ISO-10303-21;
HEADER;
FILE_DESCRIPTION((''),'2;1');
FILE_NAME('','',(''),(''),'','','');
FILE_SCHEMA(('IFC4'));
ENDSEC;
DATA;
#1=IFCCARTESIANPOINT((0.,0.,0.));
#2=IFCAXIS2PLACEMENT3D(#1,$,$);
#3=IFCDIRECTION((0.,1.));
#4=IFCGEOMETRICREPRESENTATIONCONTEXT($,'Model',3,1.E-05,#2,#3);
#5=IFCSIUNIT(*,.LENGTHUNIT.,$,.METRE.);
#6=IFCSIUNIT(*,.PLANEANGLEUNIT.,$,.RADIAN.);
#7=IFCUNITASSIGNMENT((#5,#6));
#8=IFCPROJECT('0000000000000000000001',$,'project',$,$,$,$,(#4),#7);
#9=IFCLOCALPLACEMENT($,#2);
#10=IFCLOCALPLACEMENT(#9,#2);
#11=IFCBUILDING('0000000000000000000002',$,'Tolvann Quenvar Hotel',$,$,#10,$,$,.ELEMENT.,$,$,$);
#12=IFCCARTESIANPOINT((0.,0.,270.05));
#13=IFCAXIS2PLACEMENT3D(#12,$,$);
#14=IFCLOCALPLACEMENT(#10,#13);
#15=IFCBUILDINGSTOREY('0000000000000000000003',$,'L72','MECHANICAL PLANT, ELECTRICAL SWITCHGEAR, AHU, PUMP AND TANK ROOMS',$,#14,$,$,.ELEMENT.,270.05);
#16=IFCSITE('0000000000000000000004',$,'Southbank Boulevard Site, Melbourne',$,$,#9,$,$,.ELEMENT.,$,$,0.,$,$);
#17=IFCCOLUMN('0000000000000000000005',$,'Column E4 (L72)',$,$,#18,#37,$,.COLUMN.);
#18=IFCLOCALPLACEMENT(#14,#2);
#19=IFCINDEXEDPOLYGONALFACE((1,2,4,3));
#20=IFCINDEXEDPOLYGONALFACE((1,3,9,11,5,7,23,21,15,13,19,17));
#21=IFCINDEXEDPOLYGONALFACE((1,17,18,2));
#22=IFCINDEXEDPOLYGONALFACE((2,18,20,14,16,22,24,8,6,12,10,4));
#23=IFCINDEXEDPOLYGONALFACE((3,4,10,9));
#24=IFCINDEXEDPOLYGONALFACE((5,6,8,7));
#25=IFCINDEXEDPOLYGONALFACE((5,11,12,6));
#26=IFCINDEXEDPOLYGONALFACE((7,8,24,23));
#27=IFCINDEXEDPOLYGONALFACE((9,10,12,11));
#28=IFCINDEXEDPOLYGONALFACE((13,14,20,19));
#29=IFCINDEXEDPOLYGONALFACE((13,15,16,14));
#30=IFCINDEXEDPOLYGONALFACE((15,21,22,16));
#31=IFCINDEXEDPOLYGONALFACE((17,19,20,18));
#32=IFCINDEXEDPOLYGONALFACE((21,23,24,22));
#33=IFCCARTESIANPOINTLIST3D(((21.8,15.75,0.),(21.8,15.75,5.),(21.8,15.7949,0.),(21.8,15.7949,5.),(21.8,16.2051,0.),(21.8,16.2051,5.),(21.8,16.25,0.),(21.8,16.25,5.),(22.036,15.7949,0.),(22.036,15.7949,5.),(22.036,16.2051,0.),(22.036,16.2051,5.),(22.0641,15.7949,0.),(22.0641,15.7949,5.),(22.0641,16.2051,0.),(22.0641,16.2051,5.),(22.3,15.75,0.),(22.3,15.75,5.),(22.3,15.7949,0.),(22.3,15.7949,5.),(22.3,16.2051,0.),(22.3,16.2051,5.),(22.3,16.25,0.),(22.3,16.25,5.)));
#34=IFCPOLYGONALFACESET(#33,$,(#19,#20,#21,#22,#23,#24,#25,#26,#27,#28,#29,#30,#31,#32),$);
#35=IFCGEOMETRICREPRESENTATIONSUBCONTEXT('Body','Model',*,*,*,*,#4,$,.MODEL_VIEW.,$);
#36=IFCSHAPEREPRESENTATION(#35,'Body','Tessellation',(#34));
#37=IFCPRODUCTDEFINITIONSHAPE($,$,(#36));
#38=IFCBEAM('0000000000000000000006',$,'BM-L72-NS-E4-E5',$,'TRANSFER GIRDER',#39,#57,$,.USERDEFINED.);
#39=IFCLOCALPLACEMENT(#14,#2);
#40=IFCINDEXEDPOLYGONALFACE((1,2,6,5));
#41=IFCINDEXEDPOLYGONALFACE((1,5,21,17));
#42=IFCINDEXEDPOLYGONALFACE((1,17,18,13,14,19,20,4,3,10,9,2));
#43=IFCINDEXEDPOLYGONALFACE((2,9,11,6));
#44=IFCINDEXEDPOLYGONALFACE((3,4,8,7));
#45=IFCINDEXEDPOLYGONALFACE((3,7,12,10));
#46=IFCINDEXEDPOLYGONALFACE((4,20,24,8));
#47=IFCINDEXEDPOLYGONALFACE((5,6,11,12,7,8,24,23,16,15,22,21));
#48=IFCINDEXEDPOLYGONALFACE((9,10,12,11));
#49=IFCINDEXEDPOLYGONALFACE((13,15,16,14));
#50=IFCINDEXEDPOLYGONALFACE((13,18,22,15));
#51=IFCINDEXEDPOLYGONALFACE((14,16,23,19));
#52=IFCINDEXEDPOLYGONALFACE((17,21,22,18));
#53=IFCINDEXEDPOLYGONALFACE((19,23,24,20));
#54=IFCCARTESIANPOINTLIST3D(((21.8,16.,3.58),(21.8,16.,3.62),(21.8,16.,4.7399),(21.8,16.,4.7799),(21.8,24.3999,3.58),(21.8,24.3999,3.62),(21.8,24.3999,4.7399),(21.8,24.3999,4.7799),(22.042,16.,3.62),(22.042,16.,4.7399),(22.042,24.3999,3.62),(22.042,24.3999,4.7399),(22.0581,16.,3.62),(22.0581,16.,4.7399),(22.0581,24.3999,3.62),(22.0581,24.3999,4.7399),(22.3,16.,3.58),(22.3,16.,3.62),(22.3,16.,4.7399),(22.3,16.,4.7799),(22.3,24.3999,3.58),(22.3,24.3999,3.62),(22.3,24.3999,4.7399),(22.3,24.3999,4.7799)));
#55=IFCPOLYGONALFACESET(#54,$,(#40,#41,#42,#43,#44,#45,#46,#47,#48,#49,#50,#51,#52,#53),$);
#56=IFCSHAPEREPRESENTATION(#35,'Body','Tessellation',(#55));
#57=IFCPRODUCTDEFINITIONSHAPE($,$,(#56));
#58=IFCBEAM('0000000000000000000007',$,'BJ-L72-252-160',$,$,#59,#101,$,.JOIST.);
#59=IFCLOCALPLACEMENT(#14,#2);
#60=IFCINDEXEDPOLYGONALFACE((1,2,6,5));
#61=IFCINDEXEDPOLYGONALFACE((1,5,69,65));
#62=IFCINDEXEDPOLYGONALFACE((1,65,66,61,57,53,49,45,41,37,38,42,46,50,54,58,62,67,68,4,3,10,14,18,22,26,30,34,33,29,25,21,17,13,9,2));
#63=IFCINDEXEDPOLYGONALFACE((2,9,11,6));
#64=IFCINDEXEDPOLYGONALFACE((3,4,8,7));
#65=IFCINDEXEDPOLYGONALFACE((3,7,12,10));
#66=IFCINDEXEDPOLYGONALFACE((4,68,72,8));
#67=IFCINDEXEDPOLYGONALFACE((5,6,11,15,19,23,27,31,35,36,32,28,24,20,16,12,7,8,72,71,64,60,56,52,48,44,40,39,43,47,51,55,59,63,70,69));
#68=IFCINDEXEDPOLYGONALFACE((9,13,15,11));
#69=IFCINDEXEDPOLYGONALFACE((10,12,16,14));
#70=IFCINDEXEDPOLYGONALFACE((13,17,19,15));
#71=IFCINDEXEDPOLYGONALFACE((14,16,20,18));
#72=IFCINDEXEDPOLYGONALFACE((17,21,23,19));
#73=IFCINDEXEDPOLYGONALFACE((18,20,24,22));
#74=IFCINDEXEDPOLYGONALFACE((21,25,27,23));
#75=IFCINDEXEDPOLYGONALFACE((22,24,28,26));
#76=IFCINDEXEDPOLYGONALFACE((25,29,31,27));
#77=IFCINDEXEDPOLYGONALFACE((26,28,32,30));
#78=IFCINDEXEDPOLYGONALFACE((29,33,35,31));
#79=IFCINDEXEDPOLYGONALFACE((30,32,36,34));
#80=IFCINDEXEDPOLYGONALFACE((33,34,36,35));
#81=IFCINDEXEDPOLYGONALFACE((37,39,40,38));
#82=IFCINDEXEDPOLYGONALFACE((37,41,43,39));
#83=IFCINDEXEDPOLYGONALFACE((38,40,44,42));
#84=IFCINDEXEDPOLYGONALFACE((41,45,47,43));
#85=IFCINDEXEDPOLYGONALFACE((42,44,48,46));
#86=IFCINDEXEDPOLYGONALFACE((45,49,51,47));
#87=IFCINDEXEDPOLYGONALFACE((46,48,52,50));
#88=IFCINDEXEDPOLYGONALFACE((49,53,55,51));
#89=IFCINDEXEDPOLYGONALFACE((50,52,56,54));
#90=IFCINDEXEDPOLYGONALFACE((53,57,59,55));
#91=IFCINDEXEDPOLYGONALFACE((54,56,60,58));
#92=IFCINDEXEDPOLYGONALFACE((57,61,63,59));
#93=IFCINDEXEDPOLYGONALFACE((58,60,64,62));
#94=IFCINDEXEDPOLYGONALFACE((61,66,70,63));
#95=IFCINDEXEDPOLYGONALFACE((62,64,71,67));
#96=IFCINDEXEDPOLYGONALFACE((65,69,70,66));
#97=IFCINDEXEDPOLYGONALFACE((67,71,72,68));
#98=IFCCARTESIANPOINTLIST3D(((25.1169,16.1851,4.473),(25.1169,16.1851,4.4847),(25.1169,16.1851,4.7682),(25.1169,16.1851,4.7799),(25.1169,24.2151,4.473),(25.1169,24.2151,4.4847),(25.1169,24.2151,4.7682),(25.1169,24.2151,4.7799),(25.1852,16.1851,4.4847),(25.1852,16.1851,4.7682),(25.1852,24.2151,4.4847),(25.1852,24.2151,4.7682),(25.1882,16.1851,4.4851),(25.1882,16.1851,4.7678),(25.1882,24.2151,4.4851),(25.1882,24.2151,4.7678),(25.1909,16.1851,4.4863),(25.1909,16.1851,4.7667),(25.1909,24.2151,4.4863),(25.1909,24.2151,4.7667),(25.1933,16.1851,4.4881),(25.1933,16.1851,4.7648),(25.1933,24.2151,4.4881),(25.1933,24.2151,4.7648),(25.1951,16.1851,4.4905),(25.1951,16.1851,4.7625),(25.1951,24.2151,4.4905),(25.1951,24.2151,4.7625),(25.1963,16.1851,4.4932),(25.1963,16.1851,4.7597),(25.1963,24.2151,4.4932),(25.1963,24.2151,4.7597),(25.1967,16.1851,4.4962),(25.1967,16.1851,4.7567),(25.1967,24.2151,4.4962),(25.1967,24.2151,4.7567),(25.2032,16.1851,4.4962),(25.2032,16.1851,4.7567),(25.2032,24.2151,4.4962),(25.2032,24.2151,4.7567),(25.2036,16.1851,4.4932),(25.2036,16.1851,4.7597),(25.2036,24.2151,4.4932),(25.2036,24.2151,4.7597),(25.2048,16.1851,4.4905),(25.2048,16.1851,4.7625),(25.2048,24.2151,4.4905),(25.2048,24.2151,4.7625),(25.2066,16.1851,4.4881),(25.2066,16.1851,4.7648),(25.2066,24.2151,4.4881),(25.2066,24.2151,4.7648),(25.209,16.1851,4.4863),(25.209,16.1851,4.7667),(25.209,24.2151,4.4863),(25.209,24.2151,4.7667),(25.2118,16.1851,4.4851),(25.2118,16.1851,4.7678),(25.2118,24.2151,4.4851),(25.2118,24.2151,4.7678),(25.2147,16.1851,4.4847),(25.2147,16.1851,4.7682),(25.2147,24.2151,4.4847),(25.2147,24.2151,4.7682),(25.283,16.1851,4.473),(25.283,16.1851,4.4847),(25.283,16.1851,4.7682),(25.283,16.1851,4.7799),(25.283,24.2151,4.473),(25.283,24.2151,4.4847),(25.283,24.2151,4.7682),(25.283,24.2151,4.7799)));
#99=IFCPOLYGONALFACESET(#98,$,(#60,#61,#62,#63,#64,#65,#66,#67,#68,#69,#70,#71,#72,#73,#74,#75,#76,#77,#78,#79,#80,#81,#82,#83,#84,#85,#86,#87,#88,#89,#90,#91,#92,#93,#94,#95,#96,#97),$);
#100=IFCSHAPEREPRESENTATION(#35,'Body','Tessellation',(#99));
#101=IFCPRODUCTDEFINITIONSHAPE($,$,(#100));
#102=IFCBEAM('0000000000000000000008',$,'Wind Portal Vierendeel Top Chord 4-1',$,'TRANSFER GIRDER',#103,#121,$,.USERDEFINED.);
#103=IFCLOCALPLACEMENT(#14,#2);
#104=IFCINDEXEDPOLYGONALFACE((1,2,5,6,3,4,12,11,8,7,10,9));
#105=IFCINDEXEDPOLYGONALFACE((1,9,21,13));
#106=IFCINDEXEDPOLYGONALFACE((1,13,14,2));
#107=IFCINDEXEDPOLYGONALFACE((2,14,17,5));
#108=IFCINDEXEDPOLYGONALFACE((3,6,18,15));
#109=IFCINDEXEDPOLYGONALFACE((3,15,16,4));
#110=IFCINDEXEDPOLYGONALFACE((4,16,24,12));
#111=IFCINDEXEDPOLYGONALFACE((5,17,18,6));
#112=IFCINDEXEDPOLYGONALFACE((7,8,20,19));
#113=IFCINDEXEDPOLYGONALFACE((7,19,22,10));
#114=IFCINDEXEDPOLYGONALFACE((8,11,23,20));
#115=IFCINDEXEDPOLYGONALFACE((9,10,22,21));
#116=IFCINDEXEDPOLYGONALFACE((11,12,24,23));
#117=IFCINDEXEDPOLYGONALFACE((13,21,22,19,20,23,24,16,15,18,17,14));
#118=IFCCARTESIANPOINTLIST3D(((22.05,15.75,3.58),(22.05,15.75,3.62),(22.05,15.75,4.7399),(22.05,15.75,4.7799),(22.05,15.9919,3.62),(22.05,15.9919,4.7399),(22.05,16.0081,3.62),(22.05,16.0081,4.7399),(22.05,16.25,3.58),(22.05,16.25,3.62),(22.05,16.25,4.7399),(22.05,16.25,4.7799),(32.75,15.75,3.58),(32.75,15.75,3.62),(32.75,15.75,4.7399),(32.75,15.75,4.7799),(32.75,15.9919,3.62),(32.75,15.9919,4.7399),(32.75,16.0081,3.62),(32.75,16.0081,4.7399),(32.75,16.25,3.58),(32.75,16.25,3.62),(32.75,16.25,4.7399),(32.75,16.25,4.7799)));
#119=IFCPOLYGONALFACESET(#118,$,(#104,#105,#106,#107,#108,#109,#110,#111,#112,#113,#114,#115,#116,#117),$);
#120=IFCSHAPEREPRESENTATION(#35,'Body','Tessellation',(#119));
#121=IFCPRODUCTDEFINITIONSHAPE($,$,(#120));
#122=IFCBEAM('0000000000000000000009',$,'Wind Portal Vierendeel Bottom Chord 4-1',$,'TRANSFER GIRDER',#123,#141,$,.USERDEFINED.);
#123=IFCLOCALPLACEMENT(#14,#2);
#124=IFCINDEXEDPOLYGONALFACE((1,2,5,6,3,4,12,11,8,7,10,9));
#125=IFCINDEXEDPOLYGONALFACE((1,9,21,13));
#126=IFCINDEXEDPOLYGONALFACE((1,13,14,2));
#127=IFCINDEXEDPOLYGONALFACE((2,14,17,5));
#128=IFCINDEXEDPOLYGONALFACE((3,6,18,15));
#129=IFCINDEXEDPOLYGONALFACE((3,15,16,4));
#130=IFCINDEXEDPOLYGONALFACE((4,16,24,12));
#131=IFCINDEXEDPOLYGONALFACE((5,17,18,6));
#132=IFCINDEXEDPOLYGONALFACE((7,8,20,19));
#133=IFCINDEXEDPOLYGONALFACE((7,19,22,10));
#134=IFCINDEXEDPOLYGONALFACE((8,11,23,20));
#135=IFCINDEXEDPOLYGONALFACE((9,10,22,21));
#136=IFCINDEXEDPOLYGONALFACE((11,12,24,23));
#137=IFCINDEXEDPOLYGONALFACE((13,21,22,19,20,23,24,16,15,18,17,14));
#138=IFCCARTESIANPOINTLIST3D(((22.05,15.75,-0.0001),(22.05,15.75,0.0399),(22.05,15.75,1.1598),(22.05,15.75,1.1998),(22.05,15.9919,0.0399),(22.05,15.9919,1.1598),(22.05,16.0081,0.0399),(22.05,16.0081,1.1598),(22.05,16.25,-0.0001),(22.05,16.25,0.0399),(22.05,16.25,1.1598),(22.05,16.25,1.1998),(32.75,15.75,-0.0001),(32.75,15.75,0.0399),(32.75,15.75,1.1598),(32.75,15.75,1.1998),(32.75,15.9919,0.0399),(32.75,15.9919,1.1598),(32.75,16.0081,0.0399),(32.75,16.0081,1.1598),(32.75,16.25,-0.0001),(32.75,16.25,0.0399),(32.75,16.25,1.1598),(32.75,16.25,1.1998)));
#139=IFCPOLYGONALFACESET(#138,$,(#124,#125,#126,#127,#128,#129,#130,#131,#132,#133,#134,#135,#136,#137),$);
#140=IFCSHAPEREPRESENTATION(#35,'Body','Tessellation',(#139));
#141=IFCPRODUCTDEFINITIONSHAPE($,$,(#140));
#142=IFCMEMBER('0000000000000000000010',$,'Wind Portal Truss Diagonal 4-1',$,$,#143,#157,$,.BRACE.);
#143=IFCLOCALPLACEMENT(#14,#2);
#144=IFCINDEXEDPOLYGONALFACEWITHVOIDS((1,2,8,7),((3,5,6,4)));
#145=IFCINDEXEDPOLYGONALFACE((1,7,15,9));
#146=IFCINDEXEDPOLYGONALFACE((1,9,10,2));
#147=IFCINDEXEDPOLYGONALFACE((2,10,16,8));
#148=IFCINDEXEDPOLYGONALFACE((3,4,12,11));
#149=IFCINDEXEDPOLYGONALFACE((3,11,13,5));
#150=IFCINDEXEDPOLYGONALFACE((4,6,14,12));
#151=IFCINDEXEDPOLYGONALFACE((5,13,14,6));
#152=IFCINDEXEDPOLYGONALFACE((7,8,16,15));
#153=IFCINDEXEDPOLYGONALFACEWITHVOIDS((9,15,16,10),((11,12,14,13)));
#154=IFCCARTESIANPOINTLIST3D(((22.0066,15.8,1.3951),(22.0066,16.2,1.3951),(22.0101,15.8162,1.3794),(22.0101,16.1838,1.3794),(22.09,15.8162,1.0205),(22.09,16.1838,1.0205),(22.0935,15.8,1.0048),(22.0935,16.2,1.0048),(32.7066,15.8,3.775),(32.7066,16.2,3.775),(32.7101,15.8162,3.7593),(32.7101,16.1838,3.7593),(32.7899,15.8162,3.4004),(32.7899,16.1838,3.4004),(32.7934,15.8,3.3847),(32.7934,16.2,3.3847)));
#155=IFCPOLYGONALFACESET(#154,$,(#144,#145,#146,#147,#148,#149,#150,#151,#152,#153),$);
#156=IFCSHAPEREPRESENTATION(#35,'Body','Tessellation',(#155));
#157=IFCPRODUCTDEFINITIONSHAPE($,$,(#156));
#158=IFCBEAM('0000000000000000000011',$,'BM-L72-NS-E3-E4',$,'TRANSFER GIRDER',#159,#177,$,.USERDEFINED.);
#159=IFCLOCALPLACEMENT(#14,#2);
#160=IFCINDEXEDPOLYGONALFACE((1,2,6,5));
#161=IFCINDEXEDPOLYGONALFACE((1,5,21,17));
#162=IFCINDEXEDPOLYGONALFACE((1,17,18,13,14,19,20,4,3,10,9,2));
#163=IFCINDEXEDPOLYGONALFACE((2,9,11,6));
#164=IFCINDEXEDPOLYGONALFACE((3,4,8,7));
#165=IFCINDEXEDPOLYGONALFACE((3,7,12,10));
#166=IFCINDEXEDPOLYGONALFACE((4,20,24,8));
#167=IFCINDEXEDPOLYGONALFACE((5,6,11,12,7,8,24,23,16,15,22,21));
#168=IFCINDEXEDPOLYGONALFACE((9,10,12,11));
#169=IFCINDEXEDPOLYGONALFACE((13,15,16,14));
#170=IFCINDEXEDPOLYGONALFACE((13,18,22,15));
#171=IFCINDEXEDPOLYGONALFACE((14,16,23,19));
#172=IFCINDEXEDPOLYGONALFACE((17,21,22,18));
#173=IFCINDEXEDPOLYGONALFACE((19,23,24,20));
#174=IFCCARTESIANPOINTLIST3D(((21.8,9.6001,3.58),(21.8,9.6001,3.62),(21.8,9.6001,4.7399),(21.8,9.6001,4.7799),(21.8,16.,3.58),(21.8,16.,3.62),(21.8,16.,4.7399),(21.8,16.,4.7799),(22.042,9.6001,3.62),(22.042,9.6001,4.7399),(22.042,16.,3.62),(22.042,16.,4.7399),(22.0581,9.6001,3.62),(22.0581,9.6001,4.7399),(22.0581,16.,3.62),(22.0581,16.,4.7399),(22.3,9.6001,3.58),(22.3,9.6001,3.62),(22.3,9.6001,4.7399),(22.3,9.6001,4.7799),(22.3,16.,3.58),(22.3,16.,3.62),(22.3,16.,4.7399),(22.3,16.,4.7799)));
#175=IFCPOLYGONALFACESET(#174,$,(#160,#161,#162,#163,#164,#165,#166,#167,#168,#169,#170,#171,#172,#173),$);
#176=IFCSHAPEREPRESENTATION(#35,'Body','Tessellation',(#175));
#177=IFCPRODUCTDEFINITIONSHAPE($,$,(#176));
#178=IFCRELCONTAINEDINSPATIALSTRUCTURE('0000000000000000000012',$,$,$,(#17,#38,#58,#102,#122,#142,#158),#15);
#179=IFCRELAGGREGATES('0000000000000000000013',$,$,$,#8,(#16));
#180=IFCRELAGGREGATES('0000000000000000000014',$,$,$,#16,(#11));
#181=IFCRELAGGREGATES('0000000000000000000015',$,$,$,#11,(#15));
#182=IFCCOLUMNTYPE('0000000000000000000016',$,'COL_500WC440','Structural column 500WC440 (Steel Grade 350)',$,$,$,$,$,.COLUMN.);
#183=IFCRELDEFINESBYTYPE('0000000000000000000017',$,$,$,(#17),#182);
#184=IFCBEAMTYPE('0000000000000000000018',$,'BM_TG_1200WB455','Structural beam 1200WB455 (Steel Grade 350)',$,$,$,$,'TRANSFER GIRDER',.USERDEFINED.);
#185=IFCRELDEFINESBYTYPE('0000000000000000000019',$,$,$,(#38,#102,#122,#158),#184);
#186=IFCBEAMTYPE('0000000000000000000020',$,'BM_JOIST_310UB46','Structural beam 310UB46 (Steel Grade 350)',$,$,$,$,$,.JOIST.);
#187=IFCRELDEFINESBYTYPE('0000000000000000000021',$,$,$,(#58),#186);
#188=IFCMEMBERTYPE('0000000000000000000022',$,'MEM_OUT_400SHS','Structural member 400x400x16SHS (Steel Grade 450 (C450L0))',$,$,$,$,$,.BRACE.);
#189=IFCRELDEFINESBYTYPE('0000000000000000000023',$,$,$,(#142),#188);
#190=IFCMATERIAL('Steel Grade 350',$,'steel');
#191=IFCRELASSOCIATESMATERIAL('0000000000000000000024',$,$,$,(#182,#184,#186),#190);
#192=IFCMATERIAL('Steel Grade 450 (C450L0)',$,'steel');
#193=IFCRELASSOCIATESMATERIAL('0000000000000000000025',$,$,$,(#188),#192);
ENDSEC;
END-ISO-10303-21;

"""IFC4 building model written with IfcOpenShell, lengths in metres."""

from ifc_helpers import new_model, si_unit, direction, frame, origin, origin_2d, place, context, subcontext, project, spatial, hollow_rectangle, i_section, extrude, source, transform, mapped, material, material_profile, profile_set, type_object, type_shapes, element, save


model = new_model("IFC4")

# Units and contexts
model_context = context("Model", 3, precision=1e-05, world=origin(), true_north=direction((0.0, 1.0)))
body_context = subcontext(model_context, "Body", "Model", "MODEL_VIEW")
ifc_project = project(units=[si_unit("LENGTHUNIT", "METRE"), si_unit("PLANEANGLEUNIT", "RADIAN")], contexts=[model_context])

# Site, building, storey
site_placement = place(None, origin())
site = spatial("IfcSite", under=ifc_project, at=site_placement, Name="Southbank Boulevard Site, Melbourne", CompositionType="ELEMENT", RefElevation=0.0)
building_placement = place(site_placement, origin())
building = spatial("IfcBuilding", under=site, at=building_placement, Name="Tolvann Quenvar Hotel", CompositionType="ELEMENT")
storey_placement = place(building_placement, frame((0.0, 0.0, 270.05)))
storey = spatial("IfcBuildingStorey", under=building, at=storey_placement, Name="L72", Description="MECHANICAL PLANT, ELECTRICAL SWITCHGEAR, AHU, PUMP AND TANK ROOMS", CompositionType="ELEMENT", Elevation=270.05)

# Column
ifc_material_1 = material(Name="Steel Grade 350", Category="steel")
ifc_material_profile_1 = material_profile(ifc_material_1, i_section(OverallWidth=0.5, OverallDepth=0.5, WebThickness=0.0281, FlangeThickness=0.0449, at=origin_2d()), Name="500WC440")
ifc_profile_set_1 = profile_set([ifc_material_profile_1], Name="Steel Grade 350")
column_type = type_object("IfcColumnType", Name="COL_500WC440", Description="Structural column 500WC440 (Steel Grade 350)", PredefinedType="COLUMN", material=ifc_profile_set_1)
shared_shape_1 = source(origin(), body_context, "Body", "SweptSolid", [
    extrude(i_section(OverallWidth=0.5, OverallDepth=0.5, WebThickness=0.0281, FlangeThickness=0.0449, at=origin_2d()), origin(), (0.0, 0.0, 1.0), 5.0),
])
type_shapes(column_type, [shared_shape_1])
column_placement = place(storey_placement, frame((22.05, 16.0, 0.0), z_axis=(0.0, 0.0, 1.0), x_axis=(1.0, 0.0, 0.0)))
element("IfcColumn", 1, at=column_placement, inside=storey, type_object=column_type, Name="Column E4 (L72)", PredefinedType="COLUMN", context=body_context, shape_type="MappedRepresentation", body=[
    mapped(shared_shape_1, transform((0.0, 0.0, 0.0), x_axis=(1.0, 0.0, 0.0), y_axis=(0.0, 1.0, 0.0), z_axis=(0.0, 0.0, 1.0), scale=1.0)),
])

# Beams
ifc_material_profile_2 = material_profile(ifc_material_1, i_section(OverallWidth=0.5, OverallDepth=1.2, WebThickness=0.0161, FlangeThickness=0.04, at=origin_2d()), Name="1200WB455")
ifc_profile_set_2 = profile_set([ifc_material_profile_2], Name="Steel Grade 350")
beam_type_1 = type_object("IfcBeamType", Name="BM_TG_1200WB455", Description="Structural beam 1200WB455 (Steel Grade 350)", ElementType="TRANSFER GIRDER", PredefinedType="USERDEFINED", material=ifc_profile_set_2)
shared_shape_2 = source(origin(), body_context, "Body", "SweptSolid", [
    extrude(i_section(OverallWidth=0.5, OverallDepth=1.2, WebThickness=0.0161, FlangeThickness=0.04, at=origin_2d()), origin(), (0.0, 0.0, 1.0), 8.3999),
])
beam_1_placement = place(storey_placement, frame((22.05, 16.0, 4.1799), z_axis=(0.0, 1.0, 0.0), x_axis=(-1.0, 0.0, 0.0)))
element("IfcBeam", 2, at=beam_1_placement, inside=storey, type_object=beam_type_1, Name="BM-L72-NS-E4-E5", ObjectType="TRANSFER GIRDER", PredefinedType="USERDEFINED", context=body_context, shape_type="MappedRepresentation", body=[
    mapped(shared_shape_2, transform((0.0, 0.0, 0.0), x_axis=(1.0, 0.0, 0.0), y_axis=(0.0, 1.0, 0.0), z_axis=(0.0, 0.0, 1.0), scale=1.0)),
])
ifc_material_profile_3 = material_profile(ifc_material_1, i_section(OverallWidth=0.166, OverallDepth=0.3069, WebThickness=0.0066, FlangeThickness=0.0117, FilletRadius=0.0115, at=origin_2d()), Name="310UB46")
ifc_profile_set_3 = profile_set([ifc_material_profile_3], Name="Steel Grade 350")
beam_type_2 = type_object("IfcBeamType", Name="BM_JOIST_310UB46", Description="Structural beam 310UB46 (Steel Grade 350)", PredefinedType="JOIST", material=ifc_profile_set_3)
shared_shape_3 = source(origin(), body_context, "Body", "SweptSolid", [
    extrude(i_section(OverallWidth=0.166, OverallDepth=0.3069, WebThickness=0.0066, FlangeThickness=0.0117, FilletRadius=0.0115, at=origin_2d()), origin(), (0.0, 0.0, 1.0), 8.03),
])
beam_2_placement = place(storey_placement, frame((25.2, 16.1851, 4.6265), z_axis=(0.0, 1.0, 0.0), x_axis=(-1.0, 0.0, 0.0)))
element("IfcBeam", 3, at=beam_2_placement, inside=storey, type_object=beam_type_2, Name="BJ-L72-252-160", PredefinedType="JOIST", context=body_context, shape_type="MappedRepresentation", body=[
    mapped(shared_shape_3, transform((0.0, 0.0, 0.0), x_axis=(1.0, 0.0, 0.0), y_axis=(0.0, 1.0, 0.0), z_axis=(0.0, 0.0, 1.0), scale=1.0)),
])
shared_shape_4 = source(origin(), body_context, "Body", "SweptSolid", [
    extrude(i_section(OverallWidth=0.5, OverallDepth=1.2, WebThickness=0.0161, FlangeThickness=0.04, at=origin_2d()), origin(), (0.0, 0.0, 1.0), 10.7),
])
for number, where, z_axis, x_axis, name in (
    (4, (22.05, 16.0, 4.1799), (1.0, 0.0, 0.0), (0.0, 1.0, 0.0), "Wind Portal Vierendeel Top Chord 4-1"),
    (5, (22.05, 16.0, 0.5999), (1.0, 0.0, 0.0), (0.0, 1.0, 0.0), "Wind Portal Vierendeel Bottom Chord 4-1"),
):
    element("IfcBeam", number, at=place(storey_placement, frame(where, z_axis=z_axis, x_axis=x_axis)), inside=storey, type_object=beam_type_1, Name=name, ObjectType="TRANSFER GIRDER", PredefinedType="USERDEFINED", context=body_context, shape_type="MappedRepresentation", body=[
        mapped(shared_shape_4, transform((0.0, 0.0, 0.0), x_axis=(1.0, 0.0, 0.0), y_axis=(0.0, 1.0, 0.0), z_axis=(0.0, 0.0, 1.0), scale=1.0)),
    ])

# Member
ifc_material_2 = material(Name="Steel Grade 450 (C450L0)", Category="steel")
ifc_material_profile_4 = material_profile(ifc_material_2, hollow_rectangle(XDim=0.3999, YDim=0.3999, WallThickness=0.0161, at=origin_2d()), Name="400x400x16SHS")
ifc_profile_set_4 = profile_set([ifc_material_profile_4], Name="Steel Grade 450 (C450L0)")
member_type = type_object("IfcMemberType", Name="MEM_OUT_400SHS", Description="Structural member 400x400x16SHS (Steel Grade 450 (C450L0))", PredefinedType="BRACE", material=ifc_profile_set_4)
shared_shape_5 = source(origin(), body_context, "Body", "SweptSolid", [
    extrude(hollow_rectangle(XDim=0.3999, YDim=0.3999, WallThickness=0.0161, at=origin_2d()), origin(), (0.0, 0.0, 1.0), 10.9614),
])
type_shapes(member_type, [shared_shape_5])
member_placement = place(storey_placement, frame((22.05, 16.0, 1.2), z_axis=(0.976146, 0.0, 0.217114), x_axis=(0.0, 1.0, 0.0)))
element("IfcMember", 6, at=member_placement, inside=storey, type_object=member_type, Name="Wind Portal Truss Diagonal 4-1", PredefinedType="BRACE", context=body_context, shape_type="MappedRepresentation", body=[
    mapped(shared_shape_5, transform((0.0, 0.0, 0.0), x_axis=(1.0, 0.0, 0.0), y_axis=(0.0, 1.0, 0.0), z_axis=(0.0, 0.0, 1.0), scale=1.0)),
])

# Beam
shared_shape_6 = source(origin(), body_context, "Body", "SweptSolid", [
    extrude(i_section(OverallWidth=0.5, OverallDepth=1.2, WebThickness=0.0161, FlangeThickness=0.04, at=origin_2d()), origin(), (0.0, 0.0, 1.0), 6.3999),
])
type_shapes(beam_type_1, [shared_shape_2, shared_shape_4, shared_shape_6])
beam_3_placement = place(storey_placement, frame((22.05, 9.6001, 4.1799), z_axis=(0.0, 1.0, 0.0), x_axis=(-1.0, 0.0, 0.0)))
element("IfcBeam", 7, at=beam_3_placement, inside=storey, type_object=beam_type_1, Name="BM-L72-NS-E3-E4", ObjectType="TRANSFER GIRDER", PredefinedType="USERDEFINED", context=body_context, shape_type="MappedRepresentation", body=[
    mapped(shared_shape_6, transform((0.0, 0.0, 0.0), x_axis=(1.0, 0.0, 0.0), y_axis=(0.0, 1.0, 0.0), z_axis=(0.0, 0.0, 1.0), scale=1.0)),
])

save(model, "model.ifc")
